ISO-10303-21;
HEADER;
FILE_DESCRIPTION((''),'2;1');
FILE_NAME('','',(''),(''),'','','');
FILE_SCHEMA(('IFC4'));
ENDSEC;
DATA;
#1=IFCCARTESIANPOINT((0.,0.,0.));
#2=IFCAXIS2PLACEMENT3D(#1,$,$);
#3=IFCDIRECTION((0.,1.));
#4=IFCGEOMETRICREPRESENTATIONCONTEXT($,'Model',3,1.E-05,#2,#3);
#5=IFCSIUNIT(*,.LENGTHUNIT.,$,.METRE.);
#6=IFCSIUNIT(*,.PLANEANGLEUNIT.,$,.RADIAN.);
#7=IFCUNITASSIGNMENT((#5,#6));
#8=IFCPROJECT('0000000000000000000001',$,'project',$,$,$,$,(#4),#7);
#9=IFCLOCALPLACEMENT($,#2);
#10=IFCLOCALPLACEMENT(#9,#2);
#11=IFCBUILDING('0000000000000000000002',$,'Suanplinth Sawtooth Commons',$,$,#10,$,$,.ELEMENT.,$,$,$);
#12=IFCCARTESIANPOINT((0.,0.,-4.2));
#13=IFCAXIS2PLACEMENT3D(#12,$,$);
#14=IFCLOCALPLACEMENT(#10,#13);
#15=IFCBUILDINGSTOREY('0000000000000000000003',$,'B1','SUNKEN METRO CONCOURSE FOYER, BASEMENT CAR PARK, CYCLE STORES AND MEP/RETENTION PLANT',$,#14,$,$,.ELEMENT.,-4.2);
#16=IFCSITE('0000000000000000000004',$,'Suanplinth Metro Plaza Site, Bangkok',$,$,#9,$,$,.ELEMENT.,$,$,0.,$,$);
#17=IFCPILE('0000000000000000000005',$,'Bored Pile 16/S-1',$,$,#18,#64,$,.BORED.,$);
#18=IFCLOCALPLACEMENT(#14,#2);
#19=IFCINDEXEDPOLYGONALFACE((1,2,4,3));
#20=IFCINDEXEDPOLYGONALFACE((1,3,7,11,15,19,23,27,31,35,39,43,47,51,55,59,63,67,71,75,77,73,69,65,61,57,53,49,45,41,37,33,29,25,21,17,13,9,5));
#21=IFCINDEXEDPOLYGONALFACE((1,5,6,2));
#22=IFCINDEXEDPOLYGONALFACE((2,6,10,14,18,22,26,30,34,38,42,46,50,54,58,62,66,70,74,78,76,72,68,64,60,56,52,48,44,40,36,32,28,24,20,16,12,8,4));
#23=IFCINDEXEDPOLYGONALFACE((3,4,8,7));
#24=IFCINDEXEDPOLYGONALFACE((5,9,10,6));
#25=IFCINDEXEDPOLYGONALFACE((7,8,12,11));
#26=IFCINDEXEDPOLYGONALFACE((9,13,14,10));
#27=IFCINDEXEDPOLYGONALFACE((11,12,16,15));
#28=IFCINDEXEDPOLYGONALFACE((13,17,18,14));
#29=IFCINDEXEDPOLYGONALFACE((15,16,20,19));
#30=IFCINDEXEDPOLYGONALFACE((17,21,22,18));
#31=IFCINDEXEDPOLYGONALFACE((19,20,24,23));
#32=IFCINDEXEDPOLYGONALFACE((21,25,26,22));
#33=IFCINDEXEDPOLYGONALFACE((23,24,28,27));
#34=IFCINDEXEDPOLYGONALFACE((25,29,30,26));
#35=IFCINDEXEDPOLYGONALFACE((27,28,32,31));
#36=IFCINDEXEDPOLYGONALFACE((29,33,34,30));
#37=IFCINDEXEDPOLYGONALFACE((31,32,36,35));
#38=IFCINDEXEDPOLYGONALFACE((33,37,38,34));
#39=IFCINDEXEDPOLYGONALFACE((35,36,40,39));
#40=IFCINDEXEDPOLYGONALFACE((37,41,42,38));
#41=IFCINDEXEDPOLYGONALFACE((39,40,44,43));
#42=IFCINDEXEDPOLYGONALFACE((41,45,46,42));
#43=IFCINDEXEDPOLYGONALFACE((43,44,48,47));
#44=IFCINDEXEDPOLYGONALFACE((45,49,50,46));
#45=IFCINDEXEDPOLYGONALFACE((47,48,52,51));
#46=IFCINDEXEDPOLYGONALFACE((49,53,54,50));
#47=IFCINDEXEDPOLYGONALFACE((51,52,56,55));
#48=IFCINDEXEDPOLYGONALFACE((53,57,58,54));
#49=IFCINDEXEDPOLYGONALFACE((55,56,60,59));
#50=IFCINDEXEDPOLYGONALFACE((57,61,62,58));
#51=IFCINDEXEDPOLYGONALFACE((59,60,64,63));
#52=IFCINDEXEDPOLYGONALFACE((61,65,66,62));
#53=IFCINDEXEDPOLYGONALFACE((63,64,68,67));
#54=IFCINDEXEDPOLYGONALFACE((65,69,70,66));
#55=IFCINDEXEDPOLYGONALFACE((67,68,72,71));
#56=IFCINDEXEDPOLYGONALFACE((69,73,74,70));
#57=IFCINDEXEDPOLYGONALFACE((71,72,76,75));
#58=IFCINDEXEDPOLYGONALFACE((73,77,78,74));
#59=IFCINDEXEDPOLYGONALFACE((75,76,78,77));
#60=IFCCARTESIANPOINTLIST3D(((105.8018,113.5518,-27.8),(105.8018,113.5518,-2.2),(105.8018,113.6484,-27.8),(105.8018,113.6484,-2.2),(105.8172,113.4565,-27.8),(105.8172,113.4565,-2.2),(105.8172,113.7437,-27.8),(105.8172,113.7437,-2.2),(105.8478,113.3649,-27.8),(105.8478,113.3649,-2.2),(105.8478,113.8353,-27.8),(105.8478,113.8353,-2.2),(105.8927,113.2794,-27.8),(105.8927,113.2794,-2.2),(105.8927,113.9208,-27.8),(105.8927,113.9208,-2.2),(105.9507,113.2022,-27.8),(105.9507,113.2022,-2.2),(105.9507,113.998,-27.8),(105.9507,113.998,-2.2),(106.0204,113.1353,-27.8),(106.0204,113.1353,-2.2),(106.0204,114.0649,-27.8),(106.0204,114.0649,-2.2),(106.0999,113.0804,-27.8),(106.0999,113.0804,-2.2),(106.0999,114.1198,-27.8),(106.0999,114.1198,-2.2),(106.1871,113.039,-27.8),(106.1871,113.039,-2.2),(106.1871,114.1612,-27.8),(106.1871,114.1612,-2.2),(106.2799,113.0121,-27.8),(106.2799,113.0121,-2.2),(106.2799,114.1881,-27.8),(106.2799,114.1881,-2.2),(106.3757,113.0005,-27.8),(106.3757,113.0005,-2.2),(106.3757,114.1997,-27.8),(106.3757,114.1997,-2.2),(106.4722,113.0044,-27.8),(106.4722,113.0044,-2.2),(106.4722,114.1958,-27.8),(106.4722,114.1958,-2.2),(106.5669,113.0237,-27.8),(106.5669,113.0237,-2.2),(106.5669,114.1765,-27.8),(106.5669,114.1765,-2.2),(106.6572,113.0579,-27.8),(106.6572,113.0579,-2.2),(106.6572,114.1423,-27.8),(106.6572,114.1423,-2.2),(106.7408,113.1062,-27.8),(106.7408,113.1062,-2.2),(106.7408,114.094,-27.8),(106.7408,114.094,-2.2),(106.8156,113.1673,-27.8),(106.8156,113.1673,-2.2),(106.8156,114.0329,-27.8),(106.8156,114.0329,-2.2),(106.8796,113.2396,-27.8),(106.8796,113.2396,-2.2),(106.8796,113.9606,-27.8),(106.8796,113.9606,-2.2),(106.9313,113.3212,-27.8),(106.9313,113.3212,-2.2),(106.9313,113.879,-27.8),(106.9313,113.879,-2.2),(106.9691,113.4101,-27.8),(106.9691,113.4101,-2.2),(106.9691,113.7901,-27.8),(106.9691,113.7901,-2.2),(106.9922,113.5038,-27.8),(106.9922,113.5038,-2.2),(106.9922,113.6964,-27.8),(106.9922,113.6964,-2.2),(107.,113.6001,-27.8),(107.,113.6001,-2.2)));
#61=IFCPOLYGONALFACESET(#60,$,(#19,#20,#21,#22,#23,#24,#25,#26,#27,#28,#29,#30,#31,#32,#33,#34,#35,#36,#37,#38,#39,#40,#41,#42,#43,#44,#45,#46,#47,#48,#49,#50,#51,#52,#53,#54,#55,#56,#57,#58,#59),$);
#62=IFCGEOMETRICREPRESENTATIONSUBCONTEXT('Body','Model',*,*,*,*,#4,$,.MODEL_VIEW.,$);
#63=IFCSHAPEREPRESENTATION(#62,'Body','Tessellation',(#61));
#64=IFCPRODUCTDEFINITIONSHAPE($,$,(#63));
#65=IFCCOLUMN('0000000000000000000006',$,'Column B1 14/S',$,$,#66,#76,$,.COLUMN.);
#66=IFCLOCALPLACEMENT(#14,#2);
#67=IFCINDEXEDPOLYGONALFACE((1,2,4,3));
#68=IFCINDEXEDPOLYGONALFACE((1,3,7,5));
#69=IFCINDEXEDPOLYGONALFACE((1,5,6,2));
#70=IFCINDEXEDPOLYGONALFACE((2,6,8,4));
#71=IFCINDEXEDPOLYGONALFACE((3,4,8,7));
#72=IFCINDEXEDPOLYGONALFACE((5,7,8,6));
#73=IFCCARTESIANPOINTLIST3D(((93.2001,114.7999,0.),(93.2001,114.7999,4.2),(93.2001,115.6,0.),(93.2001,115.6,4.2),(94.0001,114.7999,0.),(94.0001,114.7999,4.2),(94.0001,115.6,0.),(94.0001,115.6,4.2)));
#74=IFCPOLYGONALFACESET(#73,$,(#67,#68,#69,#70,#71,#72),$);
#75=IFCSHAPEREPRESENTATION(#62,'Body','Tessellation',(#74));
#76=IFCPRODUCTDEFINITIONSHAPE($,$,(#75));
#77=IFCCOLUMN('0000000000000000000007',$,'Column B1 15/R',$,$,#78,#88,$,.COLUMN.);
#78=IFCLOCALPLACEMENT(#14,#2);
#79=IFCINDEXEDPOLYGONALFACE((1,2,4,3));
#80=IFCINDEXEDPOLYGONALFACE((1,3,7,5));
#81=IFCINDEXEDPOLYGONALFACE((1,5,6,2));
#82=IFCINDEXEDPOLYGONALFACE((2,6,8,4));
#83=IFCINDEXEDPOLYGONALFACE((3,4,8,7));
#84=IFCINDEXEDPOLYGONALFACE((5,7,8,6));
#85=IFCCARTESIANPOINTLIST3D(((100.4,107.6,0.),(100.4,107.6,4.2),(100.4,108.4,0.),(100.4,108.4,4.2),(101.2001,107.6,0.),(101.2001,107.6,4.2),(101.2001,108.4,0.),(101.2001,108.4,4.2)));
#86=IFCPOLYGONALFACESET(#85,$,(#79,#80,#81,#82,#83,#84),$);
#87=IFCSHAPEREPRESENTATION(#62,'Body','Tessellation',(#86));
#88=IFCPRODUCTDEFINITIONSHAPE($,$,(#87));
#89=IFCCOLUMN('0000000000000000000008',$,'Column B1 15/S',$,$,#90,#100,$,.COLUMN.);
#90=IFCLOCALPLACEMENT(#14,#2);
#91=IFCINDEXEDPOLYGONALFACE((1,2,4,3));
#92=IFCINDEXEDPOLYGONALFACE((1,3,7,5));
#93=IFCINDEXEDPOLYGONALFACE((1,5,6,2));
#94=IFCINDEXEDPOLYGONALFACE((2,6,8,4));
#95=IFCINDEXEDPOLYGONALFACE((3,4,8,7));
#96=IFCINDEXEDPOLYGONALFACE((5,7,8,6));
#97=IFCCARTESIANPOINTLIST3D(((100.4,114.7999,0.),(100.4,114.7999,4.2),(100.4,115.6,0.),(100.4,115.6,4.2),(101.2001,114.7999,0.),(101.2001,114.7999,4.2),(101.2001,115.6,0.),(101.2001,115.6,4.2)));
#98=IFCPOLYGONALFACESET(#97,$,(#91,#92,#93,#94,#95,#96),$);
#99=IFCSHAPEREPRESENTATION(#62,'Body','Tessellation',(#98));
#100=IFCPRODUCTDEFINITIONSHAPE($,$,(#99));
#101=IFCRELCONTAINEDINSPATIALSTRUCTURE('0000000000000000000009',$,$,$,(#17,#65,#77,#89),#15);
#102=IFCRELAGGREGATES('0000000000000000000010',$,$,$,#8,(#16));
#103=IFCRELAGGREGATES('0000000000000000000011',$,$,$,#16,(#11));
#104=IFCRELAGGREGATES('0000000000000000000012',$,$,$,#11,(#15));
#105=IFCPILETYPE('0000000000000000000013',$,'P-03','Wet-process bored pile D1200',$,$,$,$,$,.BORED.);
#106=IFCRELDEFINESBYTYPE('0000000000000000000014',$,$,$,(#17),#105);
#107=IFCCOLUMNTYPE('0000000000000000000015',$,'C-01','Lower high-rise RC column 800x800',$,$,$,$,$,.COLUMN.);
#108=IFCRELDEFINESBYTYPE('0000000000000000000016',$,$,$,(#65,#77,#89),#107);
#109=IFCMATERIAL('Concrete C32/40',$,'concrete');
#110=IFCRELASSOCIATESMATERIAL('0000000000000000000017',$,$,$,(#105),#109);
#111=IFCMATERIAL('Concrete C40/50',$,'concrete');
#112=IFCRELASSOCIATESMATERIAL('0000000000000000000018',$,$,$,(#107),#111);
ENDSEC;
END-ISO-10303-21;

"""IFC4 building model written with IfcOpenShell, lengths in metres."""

from ifc_helpers import new_model, si_unit, direction, frame, origin, origin_2d, place, context, subcontext, project, spatial, rectangle, circle, extrude, material, material_profile, profile_set, type_object, element, save


model = new_model("IFC4")

# Units and contexts
model_context = context("Model", 3, precision=1e-05, world=origin(), true_north=direction((0.0, 1.0)))
body_context = subcontext(model_context, "Body", "Model", "MODEL_VIEW")
ifc_project = project(units=[si_unit("LENGTHUNIT", "METRE"), si_unit("PLANEANGLEUNIT", "RADIAN")], contexts=[model_context])

# Site, building, storey
site_placement = place(None, origin())
site = spatial("IfcSite", under=ifc_project, at=site_placement, Name="Suanplinth Metro Plaza Site, Bangkok", CompositionType="ELEMENT", RefElevation=0.0)
building_placement = place(site_placement, origin())
building = spatial("IfcBuilding", under=site, at=building_placement, Name="Suanplinth Sawtooth Commons", CompositionType="ELEMENT")
storey_placement = place(building_placement, frame((0.0, 0.0, -4.2)))
storey = spatial("IfcBuildingStorey", under=building, at=storey_placement, Name="B1", Description="SUNKEN METRO CONCOURSE FOYER, BASEMENT CAR PARK, CYCLE STORES AND MEP/RETENTION PLANT", CompositionType="ELEMENT", Elevation=-4.2)

# Pile
ifc_material_1 = material(Name="Concrete C32/40", Category="concrete")
ifc_material_profile_1 = material_profile(ifc_material_1, circle(Radius=0.6001, at=origin_2d()), Name="PILE D1200")
ifc_profile_set_1 = profile_set([ifc_material_profile_1], Name="Concrete C32/40")
pile_type = type_object("IfcPileType", Name="P-03", Description="Wet-process bored pile D1200", PredefinedType="BORED", material=ifc_profile_set_1)
pile_placement = place(storey_placement, frame((106.3999, 113.6001, -2.2), z_axis=(0.0, 0.0, -1.0), x_axis=(1.0, 0.0, 0.0)))
element("IfcPile", 1, at=pile_placement, inside=storey, type_object=pile_type, Name="Bored Pile 16/S-1", PredefinedType="BORED", context=body_context, shape_type="SweptSolid", body=[
    extrude(circle(Radius=0.6001, at=origin_2d()), origin(), (0.0, 0.0, 1.0), 25.6001),
])

# Columns
ifc_material_2 = material(Name="Concrete C40/50", Category="concrete")
ifc_material_profile_2 = material_profile(ifc_material_2, rectangle(XDim=0.8, YDim=0.8, at=origin_2d()), Name="RC-COL 800x800")
ifc_profile_set_2 = profile_set([ifc_material_profile_2], Name="Concrete C40/50")
column_type = type_object("IfcColumnType", Name="C-01", Description="Lower high-rise RC column 800x800", PredefinedType="COLUMN", material=ifc_profile_set_2)
for number, where, z_axis, x_axis, name in (
    (2, (93.6001, 115.2, 0.0), (0.0, 0.0, 1.0), (1.0, 0.0, 0.0), "Column B1 14/S"),
    (3, (100.8, 108.0, 0.0), (0.0, 0.0, 1.0), (1.0, 0.0, 0.0), "Column B1 15/R"),
    (4, (100.8, 115.2, 0.0), (0.0, 0.0, 1.0), (1.0, 0.0, 0.0), "Column B1 15/S"),
):
    element("IfcColumn", number, at=place(storey_placement, frame(where, z_axis=z_axis, x_axis=x_axis)), inside=storey, type_object=column_type, Name=name, PredefinedType="COLUMN", context=body_context, shape_type="SweptSolid", body=[
        extrude(rectangle(XDim=0.8, YDim=0.8, at=origin_2d()), origin(), (0.0, 0.0, 1.0), 4.2),
    ])

save(model, "model.ifc")
